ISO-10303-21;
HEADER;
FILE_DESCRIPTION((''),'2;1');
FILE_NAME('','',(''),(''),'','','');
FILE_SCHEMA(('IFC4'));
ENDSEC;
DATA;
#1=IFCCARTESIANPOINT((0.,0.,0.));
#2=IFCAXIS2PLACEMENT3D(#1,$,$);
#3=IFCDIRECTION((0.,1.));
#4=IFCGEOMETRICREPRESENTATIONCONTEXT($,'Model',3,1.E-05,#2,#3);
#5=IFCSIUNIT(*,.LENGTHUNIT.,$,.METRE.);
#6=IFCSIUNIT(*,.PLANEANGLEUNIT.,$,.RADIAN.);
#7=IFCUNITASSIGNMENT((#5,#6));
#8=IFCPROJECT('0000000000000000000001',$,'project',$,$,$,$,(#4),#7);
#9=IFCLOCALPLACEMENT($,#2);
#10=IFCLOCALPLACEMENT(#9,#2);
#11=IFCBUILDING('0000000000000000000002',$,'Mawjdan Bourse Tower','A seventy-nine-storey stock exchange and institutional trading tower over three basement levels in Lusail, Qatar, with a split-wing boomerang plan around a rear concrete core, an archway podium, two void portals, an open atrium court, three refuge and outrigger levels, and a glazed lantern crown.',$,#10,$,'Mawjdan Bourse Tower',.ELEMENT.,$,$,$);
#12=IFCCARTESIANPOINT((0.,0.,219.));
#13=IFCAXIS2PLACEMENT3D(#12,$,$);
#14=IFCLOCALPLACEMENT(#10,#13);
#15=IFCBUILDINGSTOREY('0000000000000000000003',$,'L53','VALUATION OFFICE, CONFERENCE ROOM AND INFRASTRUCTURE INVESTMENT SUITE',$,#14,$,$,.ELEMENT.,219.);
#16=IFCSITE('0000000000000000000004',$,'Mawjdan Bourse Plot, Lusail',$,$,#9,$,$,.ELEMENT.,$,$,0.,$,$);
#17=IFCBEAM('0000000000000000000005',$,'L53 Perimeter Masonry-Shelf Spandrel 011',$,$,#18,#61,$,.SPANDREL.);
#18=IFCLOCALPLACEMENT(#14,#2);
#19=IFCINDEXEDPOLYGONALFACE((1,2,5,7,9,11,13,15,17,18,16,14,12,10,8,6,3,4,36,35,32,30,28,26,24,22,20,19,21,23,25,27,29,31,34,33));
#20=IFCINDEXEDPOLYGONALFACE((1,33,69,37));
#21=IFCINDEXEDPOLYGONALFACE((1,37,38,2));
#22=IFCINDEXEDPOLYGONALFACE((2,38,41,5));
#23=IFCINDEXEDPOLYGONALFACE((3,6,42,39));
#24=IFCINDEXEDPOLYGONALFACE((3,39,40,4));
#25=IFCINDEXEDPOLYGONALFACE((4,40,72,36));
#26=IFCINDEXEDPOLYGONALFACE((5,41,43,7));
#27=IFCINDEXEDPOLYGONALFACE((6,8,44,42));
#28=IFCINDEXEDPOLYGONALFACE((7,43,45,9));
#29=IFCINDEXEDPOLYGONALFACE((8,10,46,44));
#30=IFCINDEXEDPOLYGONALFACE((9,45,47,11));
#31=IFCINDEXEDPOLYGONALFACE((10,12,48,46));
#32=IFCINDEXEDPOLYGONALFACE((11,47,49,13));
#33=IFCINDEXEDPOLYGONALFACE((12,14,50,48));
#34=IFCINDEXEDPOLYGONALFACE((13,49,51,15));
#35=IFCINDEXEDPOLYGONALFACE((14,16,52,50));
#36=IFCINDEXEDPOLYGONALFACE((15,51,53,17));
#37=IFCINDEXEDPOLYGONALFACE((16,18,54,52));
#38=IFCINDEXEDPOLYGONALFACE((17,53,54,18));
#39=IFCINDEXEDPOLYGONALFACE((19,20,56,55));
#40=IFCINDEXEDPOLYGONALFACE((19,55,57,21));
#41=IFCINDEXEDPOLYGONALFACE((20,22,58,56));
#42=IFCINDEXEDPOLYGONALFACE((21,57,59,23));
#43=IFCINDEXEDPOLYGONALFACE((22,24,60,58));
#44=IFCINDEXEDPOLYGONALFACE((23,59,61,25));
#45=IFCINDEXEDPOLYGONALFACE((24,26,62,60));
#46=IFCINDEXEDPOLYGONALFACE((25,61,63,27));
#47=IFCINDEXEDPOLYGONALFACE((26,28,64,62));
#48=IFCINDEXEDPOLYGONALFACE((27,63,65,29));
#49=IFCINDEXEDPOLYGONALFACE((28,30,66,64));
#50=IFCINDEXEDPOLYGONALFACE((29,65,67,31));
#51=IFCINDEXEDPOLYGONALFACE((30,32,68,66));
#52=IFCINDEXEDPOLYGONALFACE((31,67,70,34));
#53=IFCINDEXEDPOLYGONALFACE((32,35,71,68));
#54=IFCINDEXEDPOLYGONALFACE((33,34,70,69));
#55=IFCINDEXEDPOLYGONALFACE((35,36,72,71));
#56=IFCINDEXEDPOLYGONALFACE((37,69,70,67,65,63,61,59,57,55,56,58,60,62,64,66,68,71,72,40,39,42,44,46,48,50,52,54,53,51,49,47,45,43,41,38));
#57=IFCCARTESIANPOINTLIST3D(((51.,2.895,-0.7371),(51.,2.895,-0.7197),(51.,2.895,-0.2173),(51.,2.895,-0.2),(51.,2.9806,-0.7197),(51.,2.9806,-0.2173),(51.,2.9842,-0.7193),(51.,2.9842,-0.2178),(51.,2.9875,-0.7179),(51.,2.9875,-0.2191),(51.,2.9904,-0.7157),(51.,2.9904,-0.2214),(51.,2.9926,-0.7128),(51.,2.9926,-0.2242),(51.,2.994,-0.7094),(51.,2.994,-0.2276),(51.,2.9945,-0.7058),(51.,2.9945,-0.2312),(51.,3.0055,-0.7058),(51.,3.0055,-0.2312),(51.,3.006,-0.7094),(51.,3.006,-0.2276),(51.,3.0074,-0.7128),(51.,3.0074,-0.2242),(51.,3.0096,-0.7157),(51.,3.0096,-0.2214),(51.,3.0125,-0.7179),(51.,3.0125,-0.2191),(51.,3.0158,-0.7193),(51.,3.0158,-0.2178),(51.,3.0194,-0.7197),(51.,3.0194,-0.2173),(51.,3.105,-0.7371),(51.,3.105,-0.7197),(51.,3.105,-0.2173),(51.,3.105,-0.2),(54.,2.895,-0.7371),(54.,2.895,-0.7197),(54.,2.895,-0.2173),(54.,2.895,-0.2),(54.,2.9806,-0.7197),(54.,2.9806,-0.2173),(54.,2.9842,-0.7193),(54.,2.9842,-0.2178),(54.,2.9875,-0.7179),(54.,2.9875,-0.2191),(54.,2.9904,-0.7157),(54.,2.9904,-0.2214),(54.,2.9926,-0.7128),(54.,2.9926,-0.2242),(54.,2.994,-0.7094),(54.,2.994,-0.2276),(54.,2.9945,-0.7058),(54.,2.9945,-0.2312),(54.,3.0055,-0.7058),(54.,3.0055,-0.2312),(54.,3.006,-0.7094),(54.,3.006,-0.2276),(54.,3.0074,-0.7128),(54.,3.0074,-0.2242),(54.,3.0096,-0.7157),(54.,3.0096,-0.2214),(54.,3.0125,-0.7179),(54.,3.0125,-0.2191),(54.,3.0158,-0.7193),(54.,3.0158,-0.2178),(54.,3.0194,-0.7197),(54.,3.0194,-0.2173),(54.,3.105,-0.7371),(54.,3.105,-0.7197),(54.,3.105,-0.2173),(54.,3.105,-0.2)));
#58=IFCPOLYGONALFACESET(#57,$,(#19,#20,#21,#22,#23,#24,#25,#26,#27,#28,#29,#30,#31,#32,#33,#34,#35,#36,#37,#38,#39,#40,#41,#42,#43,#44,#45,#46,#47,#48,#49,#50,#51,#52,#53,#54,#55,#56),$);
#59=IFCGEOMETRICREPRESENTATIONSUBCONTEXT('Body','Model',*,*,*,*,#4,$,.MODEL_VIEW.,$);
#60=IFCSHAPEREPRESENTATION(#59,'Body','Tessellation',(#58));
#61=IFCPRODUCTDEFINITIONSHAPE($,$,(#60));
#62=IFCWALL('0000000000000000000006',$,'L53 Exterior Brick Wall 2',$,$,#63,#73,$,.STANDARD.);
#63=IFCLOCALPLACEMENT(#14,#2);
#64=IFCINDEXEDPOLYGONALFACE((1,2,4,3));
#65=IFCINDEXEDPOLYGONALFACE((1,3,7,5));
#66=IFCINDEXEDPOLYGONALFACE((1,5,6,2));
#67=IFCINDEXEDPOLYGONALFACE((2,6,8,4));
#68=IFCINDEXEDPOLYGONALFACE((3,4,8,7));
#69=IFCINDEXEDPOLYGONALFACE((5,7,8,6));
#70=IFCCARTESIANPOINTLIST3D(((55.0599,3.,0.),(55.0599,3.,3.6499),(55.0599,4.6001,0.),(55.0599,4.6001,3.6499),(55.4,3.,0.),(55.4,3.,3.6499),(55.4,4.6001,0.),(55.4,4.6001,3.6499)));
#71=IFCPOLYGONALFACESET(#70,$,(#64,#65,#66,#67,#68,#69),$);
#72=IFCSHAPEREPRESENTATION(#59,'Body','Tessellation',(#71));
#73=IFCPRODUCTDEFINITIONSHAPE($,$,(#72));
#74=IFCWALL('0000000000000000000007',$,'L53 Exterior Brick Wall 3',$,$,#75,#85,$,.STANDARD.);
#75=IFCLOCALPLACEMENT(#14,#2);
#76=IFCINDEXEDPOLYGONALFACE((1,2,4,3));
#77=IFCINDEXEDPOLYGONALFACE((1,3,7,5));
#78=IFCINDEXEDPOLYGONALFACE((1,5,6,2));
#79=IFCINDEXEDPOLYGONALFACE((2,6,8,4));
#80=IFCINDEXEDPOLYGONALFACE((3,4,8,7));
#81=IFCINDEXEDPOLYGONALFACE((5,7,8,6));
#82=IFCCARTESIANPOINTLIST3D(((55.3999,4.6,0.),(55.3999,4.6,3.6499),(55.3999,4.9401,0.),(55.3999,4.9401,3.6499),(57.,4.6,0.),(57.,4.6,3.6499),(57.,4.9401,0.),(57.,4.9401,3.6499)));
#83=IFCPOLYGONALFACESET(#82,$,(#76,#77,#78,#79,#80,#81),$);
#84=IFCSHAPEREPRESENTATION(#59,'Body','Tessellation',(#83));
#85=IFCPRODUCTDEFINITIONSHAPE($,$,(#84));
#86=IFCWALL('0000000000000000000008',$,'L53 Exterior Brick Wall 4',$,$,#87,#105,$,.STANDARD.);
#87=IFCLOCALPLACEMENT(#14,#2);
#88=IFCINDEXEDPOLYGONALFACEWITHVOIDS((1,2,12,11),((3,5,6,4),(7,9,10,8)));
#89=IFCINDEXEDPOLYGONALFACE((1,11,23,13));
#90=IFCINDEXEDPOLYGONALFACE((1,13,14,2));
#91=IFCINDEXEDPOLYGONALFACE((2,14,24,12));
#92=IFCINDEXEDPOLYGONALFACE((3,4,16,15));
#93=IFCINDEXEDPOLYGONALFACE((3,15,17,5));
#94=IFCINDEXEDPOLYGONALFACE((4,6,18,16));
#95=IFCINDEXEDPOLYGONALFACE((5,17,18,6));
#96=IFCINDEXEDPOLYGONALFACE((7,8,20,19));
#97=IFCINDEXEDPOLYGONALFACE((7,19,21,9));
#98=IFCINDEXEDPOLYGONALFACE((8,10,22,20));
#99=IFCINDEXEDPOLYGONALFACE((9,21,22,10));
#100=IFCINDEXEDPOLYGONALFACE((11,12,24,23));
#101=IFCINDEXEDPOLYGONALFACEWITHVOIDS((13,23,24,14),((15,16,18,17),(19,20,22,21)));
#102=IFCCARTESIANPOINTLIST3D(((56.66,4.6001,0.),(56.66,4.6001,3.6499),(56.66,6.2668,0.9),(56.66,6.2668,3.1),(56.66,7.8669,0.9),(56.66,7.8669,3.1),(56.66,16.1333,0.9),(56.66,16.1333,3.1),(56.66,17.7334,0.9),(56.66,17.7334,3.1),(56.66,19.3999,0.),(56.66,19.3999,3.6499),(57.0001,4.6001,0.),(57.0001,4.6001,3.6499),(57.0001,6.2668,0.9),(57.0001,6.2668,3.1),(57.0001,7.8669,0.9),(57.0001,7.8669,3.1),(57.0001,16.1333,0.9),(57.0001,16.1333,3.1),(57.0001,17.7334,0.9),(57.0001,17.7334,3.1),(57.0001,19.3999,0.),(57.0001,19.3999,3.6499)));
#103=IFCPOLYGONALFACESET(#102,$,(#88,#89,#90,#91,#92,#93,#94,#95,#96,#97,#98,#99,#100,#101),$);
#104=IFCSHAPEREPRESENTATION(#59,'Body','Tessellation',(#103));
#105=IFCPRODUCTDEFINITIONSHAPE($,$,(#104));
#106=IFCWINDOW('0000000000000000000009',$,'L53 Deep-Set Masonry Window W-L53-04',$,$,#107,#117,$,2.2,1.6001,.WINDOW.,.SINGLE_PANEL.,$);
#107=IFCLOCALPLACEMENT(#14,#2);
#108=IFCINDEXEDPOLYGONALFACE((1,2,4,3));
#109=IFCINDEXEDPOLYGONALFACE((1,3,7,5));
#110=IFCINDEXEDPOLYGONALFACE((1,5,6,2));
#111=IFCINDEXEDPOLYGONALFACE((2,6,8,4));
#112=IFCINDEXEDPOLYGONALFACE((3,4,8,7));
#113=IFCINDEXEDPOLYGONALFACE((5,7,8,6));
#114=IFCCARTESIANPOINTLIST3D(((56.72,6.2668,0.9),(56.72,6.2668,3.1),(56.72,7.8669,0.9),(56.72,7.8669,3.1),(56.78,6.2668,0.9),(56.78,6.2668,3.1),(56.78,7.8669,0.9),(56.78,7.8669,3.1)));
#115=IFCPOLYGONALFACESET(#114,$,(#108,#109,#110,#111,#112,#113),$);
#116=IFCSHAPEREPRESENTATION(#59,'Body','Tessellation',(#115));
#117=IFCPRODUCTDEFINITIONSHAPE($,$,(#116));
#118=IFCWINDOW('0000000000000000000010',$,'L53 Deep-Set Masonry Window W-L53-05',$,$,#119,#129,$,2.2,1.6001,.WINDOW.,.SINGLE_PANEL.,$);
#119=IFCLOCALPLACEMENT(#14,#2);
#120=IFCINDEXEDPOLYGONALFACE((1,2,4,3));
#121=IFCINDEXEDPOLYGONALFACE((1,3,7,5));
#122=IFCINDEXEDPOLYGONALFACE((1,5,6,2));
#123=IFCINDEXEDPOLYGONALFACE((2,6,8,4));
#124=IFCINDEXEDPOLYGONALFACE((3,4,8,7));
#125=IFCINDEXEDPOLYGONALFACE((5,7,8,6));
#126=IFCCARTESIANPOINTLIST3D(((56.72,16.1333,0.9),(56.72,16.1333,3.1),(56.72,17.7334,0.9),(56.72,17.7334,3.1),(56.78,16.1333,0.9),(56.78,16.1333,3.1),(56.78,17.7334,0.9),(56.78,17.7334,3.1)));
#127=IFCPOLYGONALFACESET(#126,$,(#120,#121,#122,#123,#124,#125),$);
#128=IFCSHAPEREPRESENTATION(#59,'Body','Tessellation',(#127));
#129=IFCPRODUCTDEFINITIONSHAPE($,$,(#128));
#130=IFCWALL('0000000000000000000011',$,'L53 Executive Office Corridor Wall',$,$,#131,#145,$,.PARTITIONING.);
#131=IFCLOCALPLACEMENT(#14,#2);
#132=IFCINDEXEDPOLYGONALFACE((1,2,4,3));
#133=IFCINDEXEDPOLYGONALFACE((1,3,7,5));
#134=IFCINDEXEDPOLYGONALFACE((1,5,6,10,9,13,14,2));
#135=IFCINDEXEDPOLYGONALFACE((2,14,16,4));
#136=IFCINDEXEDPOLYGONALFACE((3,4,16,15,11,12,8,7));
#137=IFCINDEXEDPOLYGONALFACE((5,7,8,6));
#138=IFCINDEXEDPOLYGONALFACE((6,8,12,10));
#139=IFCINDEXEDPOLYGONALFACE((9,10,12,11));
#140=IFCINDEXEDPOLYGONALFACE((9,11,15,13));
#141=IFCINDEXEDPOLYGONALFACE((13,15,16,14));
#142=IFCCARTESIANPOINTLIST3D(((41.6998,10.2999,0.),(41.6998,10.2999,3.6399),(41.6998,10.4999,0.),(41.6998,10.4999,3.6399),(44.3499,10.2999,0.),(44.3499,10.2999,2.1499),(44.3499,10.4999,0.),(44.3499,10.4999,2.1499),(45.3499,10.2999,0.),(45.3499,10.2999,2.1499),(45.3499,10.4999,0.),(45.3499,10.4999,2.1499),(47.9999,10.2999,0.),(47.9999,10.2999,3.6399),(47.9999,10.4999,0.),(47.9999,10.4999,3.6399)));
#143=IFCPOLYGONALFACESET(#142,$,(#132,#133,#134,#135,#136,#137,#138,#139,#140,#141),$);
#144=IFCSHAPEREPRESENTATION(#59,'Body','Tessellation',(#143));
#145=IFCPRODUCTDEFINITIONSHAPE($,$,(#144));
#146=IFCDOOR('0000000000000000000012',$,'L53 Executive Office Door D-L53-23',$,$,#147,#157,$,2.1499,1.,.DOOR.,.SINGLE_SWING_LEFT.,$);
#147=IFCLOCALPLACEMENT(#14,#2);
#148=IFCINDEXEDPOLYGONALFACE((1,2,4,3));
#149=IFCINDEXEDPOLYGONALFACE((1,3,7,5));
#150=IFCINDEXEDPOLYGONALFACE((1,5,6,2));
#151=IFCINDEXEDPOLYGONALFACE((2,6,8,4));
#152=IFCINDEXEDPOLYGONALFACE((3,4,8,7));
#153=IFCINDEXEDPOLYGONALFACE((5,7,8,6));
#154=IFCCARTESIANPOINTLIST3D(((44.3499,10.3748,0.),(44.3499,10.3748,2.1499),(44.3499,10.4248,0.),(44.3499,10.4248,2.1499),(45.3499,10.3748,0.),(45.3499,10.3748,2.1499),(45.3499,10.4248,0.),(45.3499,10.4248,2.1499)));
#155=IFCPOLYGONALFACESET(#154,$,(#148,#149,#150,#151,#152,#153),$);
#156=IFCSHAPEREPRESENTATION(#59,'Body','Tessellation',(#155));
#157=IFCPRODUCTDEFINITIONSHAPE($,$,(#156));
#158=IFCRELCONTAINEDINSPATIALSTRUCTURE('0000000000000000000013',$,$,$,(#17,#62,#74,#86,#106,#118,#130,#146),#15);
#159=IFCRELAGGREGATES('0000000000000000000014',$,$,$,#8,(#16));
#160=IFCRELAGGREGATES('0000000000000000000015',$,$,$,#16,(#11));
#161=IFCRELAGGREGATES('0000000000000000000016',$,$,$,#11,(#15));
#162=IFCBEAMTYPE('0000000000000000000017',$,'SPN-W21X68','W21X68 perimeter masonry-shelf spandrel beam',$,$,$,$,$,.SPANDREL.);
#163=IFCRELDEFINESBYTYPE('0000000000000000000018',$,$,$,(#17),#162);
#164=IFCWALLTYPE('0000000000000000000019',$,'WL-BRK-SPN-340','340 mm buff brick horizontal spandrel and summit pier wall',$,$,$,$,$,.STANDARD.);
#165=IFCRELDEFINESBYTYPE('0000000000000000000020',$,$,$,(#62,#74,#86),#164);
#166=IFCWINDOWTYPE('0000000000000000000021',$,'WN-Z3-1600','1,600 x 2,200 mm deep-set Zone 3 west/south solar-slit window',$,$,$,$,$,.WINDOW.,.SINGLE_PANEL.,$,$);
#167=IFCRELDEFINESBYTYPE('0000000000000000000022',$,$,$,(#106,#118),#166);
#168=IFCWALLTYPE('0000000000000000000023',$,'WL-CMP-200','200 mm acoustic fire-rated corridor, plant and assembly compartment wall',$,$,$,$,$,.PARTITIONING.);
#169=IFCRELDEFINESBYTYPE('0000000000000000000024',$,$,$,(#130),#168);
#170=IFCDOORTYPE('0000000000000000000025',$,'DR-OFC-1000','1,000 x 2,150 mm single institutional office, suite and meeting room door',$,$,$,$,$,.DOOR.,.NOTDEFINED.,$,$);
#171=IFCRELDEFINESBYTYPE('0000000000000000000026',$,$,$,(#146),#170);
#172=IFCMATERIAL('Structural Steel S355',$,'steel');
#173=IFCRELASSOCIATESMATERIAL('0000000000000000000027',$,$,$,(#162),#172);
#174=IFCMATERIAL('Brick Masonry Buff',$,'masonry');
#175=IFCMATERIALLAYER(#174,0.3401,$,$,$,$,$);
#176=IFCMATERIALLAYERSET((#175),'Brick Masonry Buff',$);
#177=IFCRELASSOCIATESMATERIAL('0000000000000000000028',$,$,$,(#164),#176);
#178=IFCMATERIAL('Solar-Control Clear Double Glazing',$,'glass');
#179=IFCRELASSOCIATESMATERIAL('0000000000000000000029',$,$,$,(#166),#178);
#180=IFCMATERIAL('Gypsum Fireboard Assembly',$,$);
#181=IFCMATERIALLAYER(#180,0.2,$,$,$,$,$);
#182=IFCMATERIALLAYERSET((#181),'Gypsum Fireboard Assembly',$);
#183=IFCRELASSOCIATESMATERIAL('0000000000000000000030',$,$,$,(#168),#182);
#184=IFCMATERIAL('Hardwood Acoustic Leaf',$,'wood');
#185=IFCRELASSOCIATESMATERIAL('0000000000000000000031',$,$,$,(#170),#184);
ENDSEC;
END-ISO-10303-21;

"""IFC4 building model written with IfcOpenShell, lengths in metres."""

from ifc_helpers import new_model, si_unit, direction, frame, frame_2d, origin, origin_2d, place, context, subcontext, project, spatial, rectangle, i_section, extrude, material, layer, layer_set, material_profile, profile_set, type_object, element, fill, save


model = new_model("IFC4")

# Units and contexts
model_context = context("Model", 3, precision=1e-05, world=origin(), true_north=direction((0.0, 1.0)))
body_context = subcontext(model_context, "Body", "Model", "MODEL_VIEW")
ifc_project = project(units=[si_unit("LENGTHUNIT", "METRE"), si_unit("PLANEANGLEUNIT", "RADIAN")], contexts=[model_context])

# Site, building, storey
site_placement = place(None, origin())
site = spatial("IfcSite", under=ifc_project, at=site_placement, Name="Mawjdan Bourse Plot, Lusail", CompositionType="ELEMENT", RefElevation=0.0)
building_placement = place(site_placement, origin())
building = spatial("IfcBuilding", under=site, at=building_placement, Name="Mawjdan Bourse Tower", Description="A seventy-nine-storey stock exchange and institutional trading tower over three basement levels in Lusail, Qatar, with a split-wing boomerang plan around a rear concrete core, an archway podium, two void portals, an open atrium court, three refuge and outrigger levels, and a glazed lantern crown.", LongName="Mawjdan Bourse Tower", CompositionType="ELEMENT")
storey_placement = place(building_placement, frame((0.0, 0.0, 219.0)))
storey = spatial("IfcBuildingStorey", under=building, at=storey_placement, Name="L53", Description="VALUATION OFFICE, CONFERENCE ROOM AND INFRASTRUCTURE INVESTMENT SUITE", CompositionType="ELEMENT", Elevation=219.0)

# Beam
ifc_material_1 = material(Name="Structural Steel S355", Category="steel")
ifc_material_profile_1 = material_profile(ifc_material_1, i_section(OverallWidth=0.21, OverallDepth=0.5371, WebThickness=0.011, FlangeThickness=0.0173, FilletRadius=0.0139, at=origin_2d()), Name="W21X68")
ifc_profile_set_1 = profile_set([ifc_material_profile_1], Name="Structural Steel S355")
beam_type_1 = type_object("IfcBeamType", Name="SPN-W21X68", Description="W21X68 perimeter masonry-shelf spandrel beam", PredefinedType="SPANDREL", material=ifc_profile_set_1)
for number, where, z_axis, x_axis, name in (
    (1, (51.0, 3.0, -0.4685), (1.0, 0.0, 0.0), (0.0, 1.0, 0.0), "L53 Perimeter Masonry-Shelf Spandrel 011"),
):
    element("IfcBeam", number, at=place(storey_placement, frame(where, z_axis=z_axis, x_axis=x_axis)), inside=storey, type_object=beam_type_1, Name=name, PredefinedType="SPANDREL", context=body_context, shape_type="SweptSolid", body=[
        extrude(i_section(OverallWidth=0.21, OverallDepth=0.5371, WebThickness=0.011, FlangeThickness=0.0173, FilletRadius=0.0139, at=origin_2d()), origin(), (0.0, 0.0, 1.0), 3.0),
    ])

# Walls
ifc_material_2 = material(Name="Brick Masonry Buff", Category="masonry")
ifc_layer_1 = layer(ifc_material_2, 0.3401)
ifc_layer_set_1 = layer_set([ifc_layer_1], Name="Brick Masonry Buff")
wall_type_1 = type_object("IfcWallType", Name="WL-BRK-SPN-340", Description="340 mm buff brick horizontal spandrel and summit pier wall", PredefinedType="STANDARD", material=ifc_layer_set_1)
for number, where, z_axis, x_axis, name in (
    (2, (55.23, 3.0, 0.0), (0.0, 0.0, 1.0), (0.0, 1.0, 0.0), "L53 Exterior Brick Wall 2"),
    (3, (55.3999, 4.77, 0.0), (0.0, 0.0, 1.0), (1.0, 0.0, 0.0), "L53 Exterior Brick Wall 3"),
):
    element("IfcWall", number, at=place(storey_placement, frame(where, z_axis=z_axis, x_axis=x_axis)), inside=storey, type_object=wall_type_1, Name=name, PredefinedType="STANDARD", context=body_context, shape_type="SweptSolid", body=[
        extrude(rectangle(XDim=1.6001, YDim=0.3401, at=frame_2d((0.8, 0.0))), origin(), (0.0, 0.0, 1.0), 3.6499),
    ])

# Wall, openings, windows
wall_1_placement = place(storey_placement, frame((56.8301, 4.6001, 0.0), z_axis=(0.0, 0.0, 1.0), x_axis=(0.0, 1.0, 0.0)))
wall_1 = element("IfcWall", 4, at=wall_1_placement, inside=storey, type_object=wall_type_1, Name="L53 Exterior Brick Wall 4", PredefinedType="STANDARD", context=body_context, shape_type="SweptSolid", body=[
    extrude(rectangle(XDim=14.7998, YDim=0.3401, at=frame_2d((7.3999, 0.0))), origin(), (0.0, 0.0, 1.0), 3.6499),
])
opening_1_placement = place(wall_1_placement, frame((1.6667, 0.0, 0.8999)))
opening_1 = element("IfcOpeningElement", 5, at=opening_1_placement, cuts=wall_1, PredefinedType="OPENING", context=body_context, shape_type="SweptSolid", body=[
    extrude(rectangle(XDim=1.6001, YDim=2.2, at=frame_2d((0.8, 1.1001))), frame((0.0, 0.1802, 0.0), z_axis=(0.0, -1.0, 0.0), x_axis=(1.0, 0.0, 0.0)), (0.0, 0.0, 1.0), 0.3601),
])
opening_2_placement = place(wall_1_placement, frame((11.5332, 0.0, 0.8999)))
opening_2 = element("IfcOpeningElement", 6, at=opening_2_placement, cuts=wall_1, PredefinedType="OPENING", context=body_context, shape_type="SweptSolid", body=[
    extrude(rectangle(XDim=1.6001, YDim=2.2, at=frame_2d((0.8, 1.1001))), frame((0.0, 0.1802, 0.0), z_axis=(0.0, -1.0, 0.0), x_axis=(1.0, 0.0, 0.0)), (0.0, 0.0, 1.0), 0.3601),
])
ifc_material_3 = material(Name="Solar-Control Clear Double Glazing", Category="glass")
window_type = type_object("IfcWindowType", Name="WN-Z3-1600", Description="1,600 x 2,200 mm deep-set Zone 3 west/south solar-slit window", PartitioningType="SINGLE_PANEL", PredefinedType="WINDOW", material=ifc_material_3)
window_1_placement = place(opening_1_placement, origin())
window_1 = element("IfcWindow", 7, at=window_1_placement, inside=storey, type_object=window_type, Name="L53 Deep-Set Masonry Window W-L53-04", OverallHeight=2.2, OverallWidth=1.6001, PartitioningType="SINGLE_PANEL", PredefinedType="WINDOW", context=body_context, shape_type="SweptSolid", body=[
    extrude(rectangle(XDim=1.6001, YDim=2.2, at=frame_2d((0.8, 1.1001))), frame((0.0, 0.1101, 0.0), z_axis=(0.0, -1.0, 0.0), x_axis=(1.0, 0.0, 0.0)), (0.0, 0.0, 1.0), 0.0601),
])
fill(opening_1, window_1)
window_2_placement = place(opening_2_placement, origin())
window_2 = element("IfcWindow", 8, at=window_2_placement, inside=storey, type_object=window_type, Name="L53 Deep-Set Masonry Window W-L53-05", OverallHeight=2.2, OverallWidth=1.6001, PartitioningType="SINGLE_PANEL", PredefinedType="WINDOW", context=body_context, shape_type="SweptSolid", body=[
    extrude(rectangle(XDim=1.6001, YDim=2.2, at=frame_2d((0.8, 1.1001))), frame((0.0, 0.1101, 0.0), z_axis=(0.0, -1.0, 0.0), x_axis=(1.0, 0.0, 0.0)), (0.0, 0.0, 1.0), 0.0601),
])
fill(opening_2, window_2)

# Wall, opening, door
ifc_material_4 = material(Name="Gypsum Fireboard Assembly")
ifc_layer_2 = layer(ifc_material_4, 0.2)
ifc_layer_set_2 = layer_set([ifc_layer_2], Name="Gypsum Fireboard Assembly")
wall_type_2 = type_object("IfcWallType", Name="WL-CMP-200", Description="200 mm acoustic fire-rated corridor, plant and assembly compartment wall", PredefinedType="PARTITIONING", material=ifc_layer_set_2)
wall_2_placement = place(storey_placement, frame((41.7, 10.3999, 0.0), z_axis=(0.0, 0.0, 1.0), x_axis=(1.0, 0.0, 0.0)))
wall_2 = element("IfcWall", 9, at=wall_2_placement, inside=storey, type_object=wall_type_2, Name="L53 Executive Office Corridor Wall", PredefinedType="PARTITIONING", context=body_context, shape_type="SweptSolid", body=[
    extrude(rectangle(XDim=6.3, YDim=0.2, at=frame_2d((3.1499, 0.0))), origin(), (0.0, 0.0, 1.0), 3.6399),
])
opening_3_placement = place(wall_2_placement, frame((2.6499, 0.0, 0.0)))
opening_3 = element("IfcOpeningElement", 10, at=opening_3_placement, cuts=wall_2, PredefinedType="OPENING", context=body_context, shape_type="SweptSolid", body=[
    extrude(rectangle(XDim=1.0, YDim=2.1499, at=frame_2d((0.5, 1.075))), frame((0.0, 0.1099, 0.0), z_axis=(0.0, -1.0, 0.0), x_axis=(1.0, 0.0, 0.0)), (0.0, 0.0, 1.0), 0.22),
])
ifc_material_5 = material(Name="Hardwood Acoustic Leaf", Category="wood")
door_type = type_object("IfcDoorType", Name="DR-OFC-1000", Description="1,000 x 2,150 mm single institutional office, suite and meeting room door", OperationType="NOTDEFINED", PredefinedType="DOOR", material=ifc_material_5)
door_1_placement = place(opening_3_placement, origin())
door_1 = element("IfcDoor", 11, at=door_1_placement, inside=storey, type_object=door_type, Name="L53 Executive Office Door D-L53-23", OperationType="SINGLE_SWING_LEFT", OverallHeight=2.1499, OverallWidth=1.0, PredefinedType="DOOR", context=body_context, shape_type="SweptSolid", body=[
    extrude(rectangle(XDim=1.0, YDim=2.1499, at=frame_2d((0.5, 1.075))), frame((0.0, 0.0249, 0.0), z_axis=(0.0, -1.0, 0.0), x_axis=(1.0, 0.0, 0.0)), (0.0, 0.0, 1.0), 0.05),
])
fill(opening_3, door_1)

save(model, "model.ifc")
